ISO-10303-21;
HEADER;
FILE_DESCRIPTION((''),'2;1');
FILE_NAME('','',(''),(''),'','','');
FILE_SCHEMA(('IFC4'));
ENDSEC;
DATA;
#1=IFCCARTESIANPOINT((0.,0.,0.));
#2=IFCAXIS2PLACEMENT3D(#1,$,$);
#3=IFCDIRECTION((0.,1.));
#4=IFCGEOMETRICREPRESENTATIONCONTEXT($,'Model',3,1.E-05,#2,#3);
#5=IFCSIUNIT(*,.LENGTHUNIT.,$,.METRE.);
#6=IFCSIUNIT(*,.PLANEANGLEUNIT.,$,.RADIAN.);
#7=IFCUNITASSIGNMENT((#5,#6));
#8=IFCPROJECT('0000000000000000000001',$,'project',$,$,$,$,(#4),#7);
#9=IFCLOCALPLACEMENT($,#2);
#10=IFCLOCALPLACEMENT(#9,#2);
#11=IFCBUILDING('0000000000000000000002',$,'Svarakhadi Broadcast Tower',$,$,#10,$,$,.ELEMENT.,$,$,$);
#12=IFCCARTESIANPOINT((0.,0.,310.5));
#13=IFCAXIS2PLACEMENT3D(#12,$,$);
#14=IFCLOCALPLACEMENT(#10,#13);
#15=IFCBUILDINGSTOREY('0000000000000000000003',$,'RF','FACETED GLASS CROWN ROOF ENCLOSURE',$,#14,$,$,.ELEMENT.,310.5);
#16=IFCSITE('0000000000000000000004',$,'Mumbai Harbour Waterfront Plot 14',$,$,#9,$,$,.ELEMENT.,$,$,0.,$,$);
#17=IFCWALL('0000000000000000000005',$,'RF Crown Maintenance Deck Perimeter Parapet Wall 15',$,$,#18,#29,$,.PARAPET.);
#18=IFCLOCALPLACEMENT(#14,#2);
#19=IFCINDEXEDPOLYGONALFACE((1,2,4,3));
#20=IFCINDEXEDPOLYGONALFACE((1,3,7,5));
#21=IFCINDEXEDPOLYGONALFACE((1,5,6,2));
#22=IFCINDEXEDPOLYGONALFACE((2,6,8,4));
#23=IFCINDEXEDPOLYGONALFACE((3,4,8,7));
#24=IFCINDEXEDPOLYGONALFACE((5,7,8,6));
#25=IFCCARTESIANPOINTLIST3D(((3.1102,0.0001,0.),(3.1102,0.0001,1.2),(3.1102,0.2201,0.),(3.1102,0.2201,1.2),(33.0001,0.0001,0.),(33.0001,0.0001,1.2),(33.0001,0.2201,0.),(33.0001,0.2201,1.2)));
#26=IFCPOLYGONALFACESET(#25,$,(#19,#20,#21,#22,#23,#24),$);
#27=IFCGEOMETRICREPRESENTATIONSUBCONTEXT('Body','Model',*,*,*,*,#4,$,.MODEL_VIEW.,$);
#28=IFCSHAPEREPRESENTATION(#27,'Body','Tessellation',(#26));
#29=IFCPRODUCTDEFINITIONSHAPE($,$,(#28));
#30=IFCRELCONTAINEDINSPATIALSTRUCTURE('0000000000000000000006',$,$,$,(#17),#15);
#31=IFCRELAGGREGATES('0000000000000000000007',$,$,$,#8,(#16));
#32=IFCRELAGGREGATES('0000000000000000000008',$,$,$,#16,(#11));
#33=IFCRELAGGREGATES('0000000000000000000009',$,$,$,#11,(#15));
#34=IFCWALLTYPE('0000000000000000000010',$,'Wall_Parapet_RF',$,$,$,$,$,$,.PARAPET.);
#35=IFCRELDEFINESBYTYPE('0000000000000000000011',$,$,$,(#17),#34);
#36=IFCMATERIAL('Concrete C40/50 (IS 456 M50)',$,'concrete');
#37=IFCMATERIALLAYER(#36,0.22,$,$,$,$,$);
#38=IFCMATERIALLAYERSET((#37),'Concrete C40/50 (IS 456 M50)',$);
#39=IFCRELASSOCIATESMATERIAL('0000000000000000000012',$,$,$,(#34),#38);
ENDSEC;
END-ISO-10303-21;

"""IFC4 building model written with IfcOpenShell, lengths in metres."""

from ifc_helpers import new_model, si_unit, direction, frame, frame_2d, origin, place, context, subcontext, project, spatial, rectangle, extrude, material, layer, layer_set, type_object, element, save


model = new_model("IFC4")

# Units and contexts
model_context = context("Model", 3, precision=1e-05, world=origin(), true_north=direction((0.0, 1.0)))
body_context = subcontext(model_context, "Body", "Model", "MODEL_VIEW")
ifc_project = project(units=[si_unit("LENGTHUNIT", "METRE"), si_unit("PLANEANGLEUNIT", "RADIAN")], contexts=[model_context])

# Site, building, storey
site_placement = place(None, origin())
site = spatial("IfcSite", under=ifc_project, at=site_placement, Name="Mumbai Harbour Waterfront Plot 14", CompositionType="ELEMENT", RefElevation=0.0)
building_placement = place(site_placement, origin())
building = spatial("IfcBuilding", under=site, at=building_placement, Name="Svarakhadi Broadcast Tower", CompositionType="ELEMENT")
storey_placement = place(building_placement, frame((0.0, 0.0, 310.5)))
storey = spatial("IfcBuildingStorey", under=building, at=storey_placement, Name="RF", Description="FACETED GLASS CROWN ROOF ENCLOSURE", CompositionType="ELEMENT", Elevation=310.5)

# Wall
ifc_material_1 = material(Name="Concrete C40/50 (IS 456 M50)", Category="concrete")
ifc_layer_1 = layer(ifc_material_1, 0.22)
ifc_layer_set_1 = layer_set([ifc_layer_1], Name="Concrete C40/50 (IS 456 M50)")
wall_type = type_object("IfcWallType", Name="Wall_Parapet_RF", PredefinedType="PARAPET", material=ifc_layer_set_1)
wall_placement = place(storey_placement, frame((33.0, 0.1101, 0.0), z_axis=(0.0, 0.0, 1.0), x_axis=(-1.0, 0.0, 0.0)))
element("IfcWall", 1, at=wall_placement, inside=storey, type_object=wall_type, Name="RF Crown Maintenance Deck Perimeter Parapet Wall 15", PredefinedType="PARAPET", context=body_context, shape_type="SweptSolid", body=[
    extrude(rectangle(XDim=29.8899, YDim=0.22, at=frame_2d((14.9448, 0.0))), origin(), (0.0, 0.0, 1.0), 1.2),
])

save(model, "model.ifc")
